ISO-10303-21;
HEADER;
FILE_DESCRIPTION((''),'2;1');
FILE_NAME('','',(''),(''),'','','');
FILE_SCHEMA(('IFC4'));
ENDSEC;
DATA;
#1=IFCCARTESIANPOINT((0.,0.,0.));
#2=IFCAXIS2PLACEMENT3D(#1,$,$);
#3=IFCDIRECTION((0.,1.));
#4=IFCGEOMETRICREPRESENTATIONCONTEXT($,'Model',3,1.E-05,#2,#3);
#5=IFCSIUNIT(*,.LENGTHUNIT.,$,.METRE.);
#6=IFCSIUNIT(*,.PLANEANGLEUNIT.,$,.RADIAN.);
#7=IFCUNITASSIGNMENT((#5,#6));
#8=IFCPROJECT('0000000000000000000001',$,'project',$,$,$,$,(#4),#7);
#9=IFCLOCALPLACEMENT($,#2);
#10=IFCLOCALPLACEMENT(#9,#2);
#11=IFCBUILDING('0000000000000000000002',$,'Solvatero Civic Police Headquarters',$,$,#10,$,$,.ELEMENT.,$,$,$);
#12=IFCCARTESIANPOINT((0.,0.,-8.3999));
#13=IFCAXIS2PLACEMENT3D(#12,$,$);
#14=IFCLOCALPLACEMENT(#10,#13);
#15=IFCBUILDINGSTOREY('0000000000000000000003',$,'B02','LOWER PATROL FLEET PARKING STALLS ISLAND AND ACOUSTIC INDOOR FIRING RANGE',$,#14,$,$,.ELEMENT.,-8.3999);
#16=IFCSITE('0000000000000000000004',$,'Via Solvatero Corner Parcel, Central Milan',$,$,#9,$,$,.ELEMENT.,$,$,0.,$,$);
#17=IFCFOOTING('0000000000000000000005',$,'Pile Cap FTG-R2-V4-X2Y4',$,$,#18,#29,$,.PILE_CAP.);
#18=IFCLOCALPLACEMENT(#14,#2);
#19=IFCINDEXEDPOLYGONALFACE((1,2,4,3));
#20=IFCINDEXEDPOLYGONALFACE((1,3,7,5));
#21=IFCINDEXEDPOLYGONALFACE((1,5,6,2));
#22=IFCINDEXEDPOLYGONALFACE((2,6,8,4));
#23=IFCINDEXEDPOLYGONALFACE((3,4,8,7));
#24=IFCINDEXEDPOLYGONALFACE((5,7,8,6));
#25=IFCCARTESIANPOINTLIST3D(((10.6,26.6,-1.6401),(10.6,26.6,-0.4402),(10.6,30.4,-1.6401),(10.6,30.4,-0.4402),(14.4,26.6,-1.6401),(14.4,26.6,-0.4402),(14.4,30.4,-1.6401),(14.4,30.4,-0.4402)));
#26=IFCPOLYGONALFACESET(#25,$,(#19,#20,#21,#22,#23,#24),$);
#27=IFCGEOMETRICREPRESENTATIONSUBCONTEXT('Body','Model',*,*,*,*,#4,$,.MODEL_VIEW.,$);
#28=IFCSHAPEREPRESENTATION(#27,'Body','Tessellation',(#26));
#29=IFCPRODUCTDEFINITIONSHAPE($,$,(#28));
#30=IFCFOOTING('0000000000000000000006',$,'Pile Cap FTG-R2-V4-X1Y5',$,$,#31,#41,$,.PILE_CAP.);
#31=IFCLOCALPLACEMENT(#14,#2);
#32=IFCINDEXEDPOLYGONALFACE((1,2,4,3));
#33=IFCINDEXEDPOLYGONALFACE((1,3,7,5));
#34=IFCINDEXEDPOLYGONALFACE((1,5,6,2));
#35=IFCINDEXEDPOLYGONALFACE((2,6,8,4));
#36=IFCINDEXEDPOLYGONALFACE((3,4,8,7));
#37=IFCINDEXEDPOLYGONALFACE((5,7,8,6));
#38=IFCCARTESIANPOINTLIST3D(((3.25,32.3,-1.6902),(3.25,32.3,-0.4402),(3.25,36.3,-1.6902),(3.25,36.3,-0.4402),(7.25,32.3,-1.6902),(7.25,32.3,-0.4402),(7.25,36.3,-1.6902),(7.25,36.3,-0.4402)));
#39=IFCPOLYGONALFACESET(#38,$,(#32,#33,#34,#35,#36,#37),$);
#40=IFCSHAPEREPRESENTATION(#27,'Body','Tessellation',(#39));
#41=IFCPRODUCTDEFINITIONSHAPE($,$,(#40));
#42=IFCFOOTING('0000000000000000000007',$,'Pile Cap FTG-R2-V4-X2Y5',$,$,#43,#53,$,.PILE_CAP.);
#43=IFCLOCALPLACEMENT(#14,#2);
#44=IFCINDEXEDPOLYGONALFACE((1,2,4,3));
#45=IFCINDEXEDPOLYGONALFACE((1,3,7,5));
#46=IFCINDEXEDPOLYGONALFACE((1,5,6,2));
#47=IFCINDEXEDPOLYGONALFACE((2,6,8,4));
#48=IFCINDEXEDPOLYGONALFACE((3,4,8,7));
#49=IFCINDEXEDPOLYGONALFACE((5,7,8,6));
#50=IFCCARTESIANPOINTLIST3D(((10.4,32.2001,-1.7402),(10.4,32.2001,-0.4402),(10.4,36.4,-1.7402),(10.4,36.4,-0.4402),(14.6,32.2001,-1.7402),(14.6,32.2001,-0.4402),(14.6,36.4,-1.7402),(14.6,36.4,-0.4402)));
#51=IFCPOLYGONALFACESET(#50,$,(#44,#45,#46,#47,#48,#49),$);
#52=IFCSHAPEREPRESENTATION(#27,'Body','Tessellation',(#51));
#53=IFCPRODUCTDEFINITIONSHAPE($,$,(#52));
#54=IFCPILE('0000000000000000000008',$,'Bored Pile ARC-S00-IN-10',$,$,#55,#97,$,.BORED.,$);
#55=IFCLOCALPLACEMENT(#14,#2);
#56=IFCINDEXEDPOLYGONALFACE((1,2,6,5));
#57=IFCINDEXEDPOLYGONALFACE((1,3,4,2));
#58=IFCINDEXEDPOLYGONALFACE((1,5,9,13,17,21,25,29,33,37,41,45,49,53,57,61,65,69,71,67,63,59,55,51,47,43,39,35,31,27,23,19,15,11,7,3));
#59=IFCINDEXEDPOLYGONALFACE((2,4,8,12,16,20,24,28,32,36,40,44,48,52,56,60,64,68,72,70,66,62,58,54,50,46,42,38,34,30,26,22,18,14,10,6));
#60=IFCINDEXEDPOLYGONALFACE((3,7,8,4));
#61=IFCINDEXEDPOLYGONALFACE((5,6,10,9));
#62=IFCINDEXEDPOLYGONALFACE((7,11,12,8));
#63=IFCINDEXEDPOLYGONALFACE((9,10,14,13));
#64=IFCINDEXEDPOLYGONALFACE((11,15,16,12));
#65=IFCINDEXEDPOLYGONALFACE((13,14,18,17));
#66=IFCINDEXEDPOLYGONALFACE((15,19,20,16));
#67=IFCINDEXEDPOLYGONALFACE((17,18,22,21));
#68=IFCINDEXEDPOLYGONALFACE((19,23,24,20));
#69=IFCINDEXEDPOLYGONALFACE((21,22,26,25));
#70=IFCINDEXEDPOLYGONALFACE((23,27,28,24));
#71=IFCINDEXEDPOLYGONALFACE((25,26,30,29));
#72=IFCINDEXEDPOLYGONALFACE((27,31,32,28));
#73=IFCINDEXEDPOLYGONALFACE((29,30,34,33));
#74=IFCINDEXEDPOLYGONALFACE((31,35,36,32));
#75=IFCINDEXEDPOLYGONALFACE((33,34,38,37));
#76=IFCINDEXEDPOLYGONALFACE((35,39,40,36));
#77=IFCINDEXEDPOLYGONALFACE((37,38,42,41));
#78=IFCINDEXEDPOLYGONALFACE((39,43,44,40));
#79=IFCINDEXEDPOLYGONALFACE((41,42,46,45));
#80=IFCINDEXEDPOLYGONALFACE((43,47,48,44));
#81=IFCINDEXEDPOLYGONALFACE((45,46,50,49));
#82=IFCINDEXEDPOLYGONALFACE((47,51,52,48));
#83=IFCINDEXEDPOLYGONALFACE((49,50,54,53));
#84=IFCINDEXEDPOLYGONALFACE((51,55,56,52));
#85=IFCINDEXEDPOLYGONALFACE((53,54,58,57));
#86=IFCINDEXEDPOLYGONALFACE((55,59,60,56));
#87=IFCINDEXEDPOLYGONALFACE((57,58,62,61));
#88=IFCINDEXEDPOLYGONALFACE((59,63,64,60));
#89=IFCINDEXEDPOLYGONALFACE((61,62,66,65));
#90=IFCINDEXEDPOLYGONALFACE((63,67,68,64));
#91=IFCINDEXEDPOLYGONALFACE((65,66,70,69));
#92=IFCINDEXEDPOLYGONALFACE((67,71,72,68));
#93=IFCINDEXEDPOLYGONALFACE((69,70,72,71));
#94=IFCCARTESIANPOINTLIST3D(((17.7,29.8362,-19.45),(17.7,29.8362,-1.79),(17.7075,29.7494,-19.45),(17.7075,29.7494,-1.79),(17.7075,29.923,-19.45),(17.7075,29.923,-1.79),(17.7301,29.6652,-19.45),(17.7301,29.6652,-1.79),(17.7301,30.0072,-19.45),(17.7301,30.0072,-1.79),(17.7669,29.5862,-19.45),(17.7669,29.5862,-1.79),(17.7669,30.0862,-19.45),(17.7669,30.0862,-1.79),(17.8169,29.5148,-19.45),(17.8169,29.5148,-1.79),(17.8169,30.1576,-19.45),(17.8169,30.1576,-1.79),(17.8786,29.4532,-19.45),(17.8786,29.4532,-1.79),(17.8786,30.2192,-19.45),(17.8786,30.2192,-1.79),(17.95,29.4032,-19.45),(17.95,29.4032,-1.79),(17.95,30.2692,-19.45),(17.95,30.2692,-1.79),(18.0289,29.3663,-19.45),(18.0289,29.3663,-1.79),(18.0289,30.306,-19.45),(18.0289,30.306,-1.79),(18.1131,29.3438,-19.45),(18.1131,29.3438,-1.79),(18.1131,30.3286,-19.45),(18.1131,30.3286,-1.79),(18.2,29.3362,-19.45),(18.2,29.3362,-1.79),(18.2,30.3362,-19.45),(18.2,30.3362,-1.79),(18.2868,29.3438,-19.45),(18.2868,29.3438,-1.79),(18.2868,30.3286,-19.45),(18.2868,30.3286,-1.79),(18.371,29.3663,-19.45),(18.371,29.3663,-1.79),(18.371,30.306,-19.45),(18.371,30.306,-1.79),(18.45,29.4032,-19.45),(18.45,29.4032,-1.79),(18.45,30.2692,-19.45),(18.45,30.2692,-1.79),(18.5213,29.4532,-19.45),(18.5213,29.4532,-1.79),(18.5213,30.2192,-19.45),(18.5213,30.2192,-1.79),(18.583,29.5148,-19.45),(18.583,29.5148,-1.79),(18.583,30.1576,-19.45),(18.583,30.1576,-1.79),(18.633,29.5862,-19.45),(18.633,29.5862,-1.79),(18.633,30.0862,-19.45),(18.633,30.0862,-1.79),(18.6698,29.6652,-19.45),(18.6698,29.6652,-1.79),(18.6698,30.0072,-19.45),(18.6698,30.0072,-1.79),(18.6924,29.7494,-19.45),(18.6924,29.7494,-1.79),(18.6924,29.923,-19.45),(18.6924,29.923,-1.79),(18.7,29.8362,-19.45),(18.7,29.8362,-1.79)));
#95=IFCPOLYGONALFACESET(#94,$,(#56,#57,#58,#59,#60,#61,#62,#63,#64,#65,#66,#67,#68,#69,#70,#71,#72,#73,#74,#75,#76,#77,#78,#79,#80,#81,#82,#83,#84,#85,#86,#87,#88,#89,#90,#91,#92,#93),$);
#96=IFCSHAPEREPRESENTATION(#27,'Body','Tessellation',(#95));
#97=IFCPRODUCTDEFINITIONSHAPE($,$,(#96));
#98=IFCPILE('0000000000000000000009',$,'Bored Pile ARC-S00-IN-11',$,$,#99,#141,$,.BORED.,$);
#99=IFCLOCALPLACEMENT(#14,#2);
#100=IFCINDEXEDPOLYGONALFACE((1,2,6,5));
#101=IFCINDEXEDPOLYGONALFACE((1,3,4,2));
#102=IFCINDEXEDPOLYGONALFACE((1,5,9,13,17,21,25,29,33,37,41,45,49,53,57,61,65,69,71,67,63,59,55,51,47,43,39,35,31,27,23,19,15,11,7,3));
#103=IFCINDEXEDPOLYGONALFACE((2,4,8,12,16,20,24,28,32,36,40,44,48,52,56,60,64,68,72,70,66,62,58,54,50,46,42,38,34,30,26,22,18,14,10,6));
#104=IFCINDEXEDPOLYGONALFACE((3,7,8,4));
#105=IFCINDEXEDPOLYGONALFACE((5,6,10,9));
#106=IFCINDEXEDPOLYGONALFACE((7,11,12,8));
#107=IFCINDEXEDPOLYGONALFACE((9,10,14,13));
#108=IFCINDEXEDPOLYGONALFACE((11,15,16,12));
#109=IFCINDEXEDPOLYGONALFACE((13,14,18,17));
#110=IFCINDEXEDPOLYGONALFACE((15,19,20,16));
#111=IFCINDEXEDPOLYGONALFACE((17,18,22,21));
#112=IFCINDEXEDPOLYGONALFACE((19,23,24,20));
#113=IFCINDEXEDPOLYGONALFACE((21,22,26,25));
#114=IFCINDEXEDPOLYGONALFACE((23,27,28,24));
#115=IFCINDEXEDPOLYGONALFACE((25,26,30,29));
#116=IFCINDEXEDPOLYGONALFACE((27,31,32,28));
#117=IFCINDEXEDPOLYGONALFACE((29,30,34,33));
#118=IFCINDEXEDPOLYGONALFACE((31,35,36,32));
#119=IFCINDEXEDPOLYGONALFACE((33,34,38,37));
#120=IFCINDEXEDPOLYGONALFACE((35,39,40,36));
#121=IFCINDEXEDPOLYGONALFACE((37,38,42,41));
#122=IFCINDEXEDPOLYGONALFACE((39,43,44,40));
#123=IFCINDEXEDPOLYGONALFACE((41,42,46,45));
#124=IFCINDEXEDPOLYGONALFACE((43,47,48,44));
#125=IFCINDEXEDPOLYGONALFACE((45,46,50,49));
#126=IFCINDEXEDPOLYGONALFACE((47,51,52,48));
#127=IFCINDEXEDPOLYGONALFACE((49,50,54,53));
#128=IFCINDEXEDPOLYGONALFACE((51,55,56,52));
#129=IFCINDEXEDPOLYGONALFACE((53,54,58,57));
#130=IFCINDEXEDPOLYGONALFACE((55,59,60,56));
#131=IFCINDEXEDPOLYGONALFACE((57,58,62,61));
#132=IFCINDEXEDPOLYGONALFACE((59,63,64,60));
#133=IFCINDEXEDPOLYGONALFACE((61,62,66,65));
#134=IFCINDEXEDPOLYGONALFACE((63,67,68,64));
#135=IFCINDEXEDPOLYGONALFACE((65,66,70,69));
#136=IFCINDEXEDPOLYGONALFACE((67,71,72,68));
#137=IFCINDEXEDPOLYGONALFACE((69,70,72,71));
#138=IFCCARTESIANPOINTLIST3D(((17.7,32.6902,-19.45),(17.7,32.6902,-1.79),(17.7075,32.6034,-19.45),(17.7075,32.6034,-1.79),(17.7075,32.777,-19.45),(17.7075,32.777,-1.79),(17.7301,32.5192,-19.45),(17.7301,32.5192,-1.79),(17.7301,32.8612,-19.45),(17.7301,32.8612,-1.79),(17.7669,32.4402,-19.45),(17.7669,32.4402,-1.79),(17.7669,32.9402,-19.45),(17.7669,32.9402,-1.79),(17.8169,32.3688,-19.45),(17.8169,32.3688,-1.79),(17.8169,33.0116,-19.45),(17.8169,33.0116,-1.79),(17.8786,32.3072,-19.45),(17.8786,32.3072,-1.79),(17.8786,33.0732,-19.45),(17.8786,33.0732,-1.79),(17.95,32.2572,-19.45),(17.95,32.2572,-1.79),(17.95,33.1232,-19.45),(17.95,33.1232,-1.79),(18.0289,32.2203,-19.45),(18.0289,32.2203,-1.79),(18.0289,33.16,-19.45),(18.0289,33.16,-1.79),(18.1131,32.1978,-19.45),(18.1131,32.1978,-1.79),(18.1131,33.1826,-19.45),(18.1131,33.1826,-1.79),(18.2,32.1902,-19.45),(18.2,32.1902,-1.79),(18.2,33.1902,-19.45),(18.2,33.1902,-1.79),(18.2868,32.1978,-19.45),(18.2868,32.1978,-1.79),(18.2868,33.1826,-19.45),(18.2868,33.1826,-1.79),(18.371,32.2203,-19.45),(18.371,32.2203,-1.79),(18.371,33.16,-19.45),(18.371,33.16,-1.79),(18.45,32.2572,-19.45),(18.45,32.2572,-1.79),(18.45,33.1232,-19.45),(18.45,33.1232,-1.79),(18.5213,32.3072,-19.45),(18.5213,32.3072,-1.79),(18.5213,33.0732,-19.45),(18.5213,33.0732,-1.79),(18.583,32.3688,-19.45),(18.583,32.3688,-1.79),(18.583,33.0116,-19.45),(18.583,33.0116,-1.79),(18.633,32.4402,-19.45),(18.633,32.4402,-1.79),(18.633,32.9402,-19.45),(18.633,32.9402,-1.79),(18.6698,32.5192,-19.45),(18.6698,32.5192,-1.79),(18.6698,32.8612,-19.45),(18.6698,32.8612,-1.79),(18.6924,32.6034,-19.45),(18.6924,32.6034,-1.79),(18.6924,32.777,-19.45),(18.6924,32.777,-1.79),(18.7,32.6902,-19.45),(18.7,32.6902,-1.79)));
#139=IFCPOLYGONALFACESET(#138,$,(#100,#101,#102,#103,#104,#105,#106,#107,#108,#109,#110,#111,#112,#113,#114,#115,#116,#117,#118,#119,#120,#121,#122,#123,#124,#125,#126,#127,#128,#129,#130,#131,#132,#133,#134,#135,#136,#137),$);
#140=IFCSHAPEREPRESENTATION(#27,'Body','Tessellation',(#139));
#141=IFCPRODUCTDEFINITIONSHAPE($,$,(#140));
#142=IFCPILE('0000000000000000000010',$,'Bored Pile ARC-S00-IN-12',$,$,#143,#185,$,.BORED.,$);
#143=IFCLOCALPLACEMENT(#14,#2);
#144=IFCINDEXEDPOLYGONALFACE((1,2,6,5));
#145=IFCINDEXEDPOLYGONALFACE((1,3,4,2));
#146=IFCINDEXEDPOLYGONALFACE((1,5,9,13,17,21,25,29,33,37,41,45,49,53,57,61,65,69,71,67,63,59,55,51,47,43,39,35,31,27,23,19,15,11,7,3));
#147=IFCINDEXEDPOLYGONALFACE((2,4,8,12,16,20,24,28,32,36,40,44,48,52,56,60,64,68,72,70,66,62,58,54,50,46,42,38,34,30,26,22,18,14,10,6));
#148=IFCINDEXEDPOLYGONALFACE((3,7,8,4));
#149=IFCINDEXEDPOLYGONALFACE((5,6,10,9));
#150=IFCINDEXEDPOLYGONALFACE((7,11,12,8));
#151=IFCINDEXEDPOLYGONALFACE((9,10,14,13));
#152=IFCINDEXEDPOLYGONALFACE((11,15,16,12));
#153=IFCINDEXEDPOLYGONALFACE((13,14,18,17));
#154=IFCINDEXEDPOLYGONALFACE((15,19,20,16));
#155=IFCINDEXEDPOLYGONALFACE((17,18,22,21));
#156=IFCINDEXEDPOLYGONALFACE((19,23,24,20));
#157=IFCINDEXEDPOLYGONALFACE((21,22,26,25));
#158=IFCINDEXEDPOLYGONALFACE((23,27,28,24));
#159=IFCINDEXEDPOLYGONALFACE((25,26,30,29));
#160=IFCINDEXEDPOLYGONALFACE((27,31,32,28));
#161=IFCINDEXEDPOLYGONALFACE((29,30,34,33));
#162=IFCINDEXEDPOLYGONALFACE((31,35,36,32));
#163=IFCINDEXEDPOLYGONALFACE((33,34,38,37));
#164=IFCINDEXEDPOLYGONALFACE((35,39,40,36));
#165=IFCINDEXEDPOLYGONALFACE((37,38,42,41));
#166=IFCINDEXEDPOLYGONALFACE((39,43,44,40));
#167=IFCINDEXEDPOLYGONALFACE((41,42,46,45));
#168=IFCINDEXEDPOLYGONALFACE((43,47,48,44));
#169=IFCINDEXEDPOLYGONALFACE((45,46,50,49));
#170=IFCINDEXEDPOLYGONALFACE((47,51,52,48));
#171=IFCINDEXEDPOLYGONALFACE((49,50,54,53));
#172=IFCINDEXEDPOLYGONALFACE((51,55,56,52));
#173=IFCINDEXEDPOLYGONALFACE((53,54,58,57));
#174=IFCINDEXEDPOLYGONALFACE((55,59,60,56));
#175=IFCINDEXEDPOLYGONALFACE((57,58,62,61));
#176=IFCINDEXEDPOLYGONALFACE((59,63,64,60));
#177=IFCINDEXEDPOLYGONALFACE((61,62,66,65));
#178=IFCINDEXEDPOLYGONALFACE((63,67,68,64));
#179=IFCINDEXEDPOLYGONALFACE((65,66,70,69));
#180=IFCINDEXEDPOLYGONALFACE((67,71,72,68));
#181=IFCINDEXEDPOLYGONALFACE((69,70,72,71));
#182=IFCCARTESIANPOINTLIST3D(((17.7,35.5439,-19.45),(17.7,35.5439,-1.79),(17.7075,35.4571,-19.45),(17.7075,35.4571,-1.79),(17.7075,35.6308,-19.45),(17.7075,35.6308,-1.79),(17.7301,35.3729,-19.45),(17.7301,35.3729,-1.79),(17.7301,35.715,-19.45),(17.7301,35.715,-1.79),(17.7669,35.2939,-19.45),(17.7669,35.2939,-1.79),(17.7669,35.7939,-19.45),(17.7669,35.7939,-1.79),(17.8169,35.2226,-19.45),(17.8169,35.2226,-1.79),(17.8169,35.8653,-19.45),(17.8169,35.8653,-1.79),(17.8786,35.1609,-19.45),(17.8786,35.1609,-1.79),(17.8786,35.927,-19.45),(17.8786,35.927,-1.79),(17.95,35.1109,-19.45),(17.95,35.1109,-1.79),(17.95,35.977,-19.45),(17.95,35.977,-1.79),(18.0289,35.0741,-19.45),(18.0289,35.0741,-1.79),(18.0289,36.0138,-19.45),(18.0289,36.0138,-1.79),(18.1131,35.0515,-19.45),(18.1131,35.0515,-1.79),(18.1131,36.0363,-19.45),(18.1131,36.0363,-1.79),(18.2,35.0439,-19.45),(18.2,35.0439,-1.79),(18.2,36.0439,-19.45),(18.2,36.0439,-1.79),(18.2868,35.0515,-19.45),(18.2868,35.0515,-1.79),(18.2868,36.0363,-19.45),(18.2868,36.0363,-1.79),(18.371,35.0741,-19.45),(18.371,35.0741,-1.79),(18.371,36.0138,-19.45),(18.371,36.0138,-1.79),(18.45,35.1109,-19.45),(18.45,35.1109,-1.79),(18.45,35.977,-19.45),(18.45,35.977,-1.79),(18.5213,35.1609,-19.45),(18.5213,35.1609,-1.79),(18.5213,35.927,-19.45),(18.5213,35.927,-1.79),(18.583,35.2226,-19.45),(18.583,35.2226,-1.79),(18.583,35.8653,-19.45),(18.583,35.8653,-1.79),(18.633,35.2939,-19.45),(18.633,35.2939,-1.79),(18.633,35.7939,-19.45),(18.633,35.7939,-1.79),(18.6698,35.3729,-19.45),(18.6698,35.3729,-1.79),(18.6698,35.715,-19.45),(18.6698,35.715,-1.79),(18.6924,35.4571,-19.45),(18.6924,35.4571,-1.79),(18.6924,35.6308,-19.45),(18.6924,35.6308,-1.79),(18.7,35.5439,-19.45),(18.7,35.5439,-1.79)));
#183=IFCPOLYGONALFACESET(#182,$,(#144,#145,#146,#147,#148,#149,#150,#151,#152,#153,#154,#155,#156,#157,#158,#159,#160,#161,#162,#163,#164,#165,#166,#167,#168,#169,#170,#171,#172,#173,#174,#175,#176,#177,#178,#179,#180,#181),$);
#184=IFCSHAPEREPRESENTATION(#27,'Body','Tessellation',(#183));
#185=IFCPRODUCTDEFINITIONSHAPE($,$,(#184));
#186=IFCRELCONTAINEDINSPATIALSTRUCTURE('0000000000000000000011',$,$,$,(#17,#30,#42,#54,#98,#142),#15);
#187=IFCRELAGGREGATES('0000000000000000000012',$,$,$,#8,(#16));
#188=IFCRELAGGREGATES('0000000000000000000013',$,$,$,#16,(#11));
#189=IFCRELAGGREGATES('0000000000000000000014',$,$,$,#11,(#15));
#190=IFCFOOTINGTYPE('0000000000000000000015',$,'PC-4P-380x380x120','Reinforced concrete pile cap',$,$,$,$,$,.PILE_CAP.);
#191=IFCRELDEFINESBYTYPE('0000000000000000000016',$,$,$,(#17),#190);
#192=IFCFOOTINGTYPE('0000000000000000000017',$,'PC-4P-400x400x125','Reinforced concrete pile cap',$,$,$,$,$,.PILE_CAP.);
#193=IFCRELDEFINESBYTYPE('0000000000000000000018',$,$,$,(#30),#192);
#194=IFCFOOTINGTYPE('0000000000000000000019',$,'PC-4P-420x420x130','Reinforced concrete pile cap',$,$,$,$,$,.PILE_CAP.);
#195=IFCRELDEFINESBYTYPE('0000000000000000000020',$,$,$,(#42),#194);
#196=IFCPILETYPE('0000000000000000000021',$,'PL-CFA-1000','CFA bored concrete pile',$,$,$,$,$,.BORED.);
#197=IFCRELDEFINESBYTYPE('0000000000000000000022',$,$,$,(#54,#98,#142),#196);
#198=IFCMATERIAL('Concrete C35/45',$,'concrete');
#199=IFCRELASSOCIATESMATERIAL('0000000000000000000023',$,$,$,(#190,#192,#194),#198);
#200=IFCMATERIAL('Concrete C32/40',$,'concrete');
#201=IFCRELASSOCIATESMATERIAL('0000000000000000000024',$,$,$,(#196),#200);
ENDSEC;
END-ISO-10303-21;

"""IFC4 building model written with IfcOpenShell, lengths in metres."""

from ifc_helpers import new_model, si_unit, direction, frame, origin, origin_2d, place, context, subcontext, project, spatial, rectangle, circle, extrude, material, material_profile, profile_set, type_object, element, save


model = new_model("IFC4")

# Units and contexts
model_context = context("Model", 3, precision=1e-05, world=origin(), true_north=direction((0.0, 1.0)))
body_context = subcontext(model_context, "Body", "Model", "MODEL_VIEW")
ifc_project = project(units=[si_unit("LENGTHUNIT", "METRE"), si_unit("PLANEANGLEUNIT", "RADIAN")], contexts=[model_context])

# Site, building, storey
site_placement = place(None, origin())
site = spatial("IfcSite", under=ifc_project, at=site_placement, Name="Via Solvatero Corner Parcel, Central Milan", CompositionType="ELEMENT", RefElevation=0.0)
building_placement = place(site_placement, origin())
building = spatial("IfcBuilding", under=site, at=building_placement, Name="Solvatero Civic Police Headquarters", CompositionType="ELEMENT")
storey_placement = place(building_placement, frame((0.0, 0.0, -8.3999)))
storey = spatial("IfcBuildingStorey", under=building, at=storey_placement, Name="B02", Description="LOWER PATROL FLEET PARKING STALLS ISLAND AND ACOUSTIC INDOOR FIRING RANGE", CompositionType="ELEMENT", Elevation=-8.3999)

# Footings
ifc_material_1 = material(Name="Concrete C35/45", Category="concrete")
footing_type_1 = type_object("IfcFootingType", Name="PC-4P-380x380x120", Description="Reinforced concrete pile cap", PredefinedType="PILE_CAP", material=ifc_material_1)
footing_1_placement = place(storey_placement, frame((12.5, 28.5, -1.6401), z_axis=(0.0, 0.0, 1.0), x_axis=(1.0, 0.0, 0.0)))
element("IfcFooting", 1, at=footing_1_placement, inside=storey, type_object=footing_type_1, Name="Pile Cap FTG-R2-V4-X2Y4", PredefinedType="PILE_CAP", context=body_context, shape_type="SweptSolid", body=[
    extrude(rectangle(XDim=3.8, YDim=3.8, at=origin_2d()), origin(), (0.0, 0.0, 1.0), 1.2),
])
footing_type_2 = type_object("IfcFootingType", Name="PC-4P-400x400x125", Description="Reinforced concrete pile cap", PredefinedType="PILE_CAP", material=ifc_material_1)
footing_2_placement = place(storey_placement, frame((5.25, 34.3, -1.6902), z_axis=(0.0, 0.0, 1.0), x_axis=(1.0, 0.0, 0.0)))
element("IfcFooting", 2, at=footing_2_placement, inside=storey, type_object=footing_type_2, Name="Pile Cap FTG-R2-V4-X1Y5", PredefinedType="PILE_CAP", context=body_context, shape_type="SweptSolid", body=[
    extrude(rectangle(XDim=4.0, YDim=4.0, at=origin_2d()), origin(), (0.0, 0.0, 1.0), 1.25),
])
footing_type_3 = type_object("IfcFootingType", Name="PC-4P-420x420x130", Description="Reinforced concrete pile cap", PredefinedType="PILE_CAP", material=ifc_material_1)
footing_3_placement = place(storey_placement, frame((12.5, 34.3, -1.7402), z_axis=(0.0, 0.0, 1.0), x_axis=(1.0, 0.0, 0.0)))
element("IfcFooting", 3, at=footing_3_placement, inside=storey, type_object=footing_type_3, Name="Pile Cap FTG-R2-V4-X2Y5", PredefinedType="PILE_CAP", context=body_context, shape_type="SweptSolid", body=[
    extrude(rectangle(XDim=4.2, YDim=4.2, at=origin_2d()), origin(), (0.0, 0.0, 1.0), 1.3),
])

# Piles
ifc_material_2 = material(Name="Concrete C32/40", Category="concrete")
ifc_material_profile_1 = material_profile(ifc_material_2, circle(Radius=0.5, at=origin_2d()), Name="CFA PILE D1000")
ifc_profile_set_1 = profile_set([ifc_material_profile_1], Name="Concrete C32/40")
pile_type_1 = type_object("IfcPileType", Name="PL-CFA-1000", Description="CFA bored concrete pile", PredefinedType="BORED", material=ifc_profile_set_1)
for number, where, z_axis, x_axis, name in (
    (4, (18.2, 29.8362, -1.79), (0.0, 0.0, -1.0), (1.0, 0.0, 0.0), "Bored Pile ARC-S00-IN-10"),
    (5, (18.2, 32.6902, -1.79), (0.0, 0.0, -1.0), (1.0, 0.0, 0.0), "Bored Pile ARC-S00-IN-11"),
    (6, (18.2, 35.5439, -1.79), (0.0, 0.0, -1.0), (1.0, 0.0, 0.0), "Bored Pile ARC-S00-IN-12"),
):
    element("IfcPile", number, at=place(storey_placement, frame(where, z_axis=z_axis, x_axis=x_axis)), inside=storey, type_object=pile_type_1, Name=name, PredefinedType="BORED", context=body_context, shape_type="SweptSolid", body=[
        extrude(circle(Radius=0.5, at=origin_2d()), origin(), (0.0, 0.0, 1.0), 17.6599),
    ])

save(model, "model.ifc")
